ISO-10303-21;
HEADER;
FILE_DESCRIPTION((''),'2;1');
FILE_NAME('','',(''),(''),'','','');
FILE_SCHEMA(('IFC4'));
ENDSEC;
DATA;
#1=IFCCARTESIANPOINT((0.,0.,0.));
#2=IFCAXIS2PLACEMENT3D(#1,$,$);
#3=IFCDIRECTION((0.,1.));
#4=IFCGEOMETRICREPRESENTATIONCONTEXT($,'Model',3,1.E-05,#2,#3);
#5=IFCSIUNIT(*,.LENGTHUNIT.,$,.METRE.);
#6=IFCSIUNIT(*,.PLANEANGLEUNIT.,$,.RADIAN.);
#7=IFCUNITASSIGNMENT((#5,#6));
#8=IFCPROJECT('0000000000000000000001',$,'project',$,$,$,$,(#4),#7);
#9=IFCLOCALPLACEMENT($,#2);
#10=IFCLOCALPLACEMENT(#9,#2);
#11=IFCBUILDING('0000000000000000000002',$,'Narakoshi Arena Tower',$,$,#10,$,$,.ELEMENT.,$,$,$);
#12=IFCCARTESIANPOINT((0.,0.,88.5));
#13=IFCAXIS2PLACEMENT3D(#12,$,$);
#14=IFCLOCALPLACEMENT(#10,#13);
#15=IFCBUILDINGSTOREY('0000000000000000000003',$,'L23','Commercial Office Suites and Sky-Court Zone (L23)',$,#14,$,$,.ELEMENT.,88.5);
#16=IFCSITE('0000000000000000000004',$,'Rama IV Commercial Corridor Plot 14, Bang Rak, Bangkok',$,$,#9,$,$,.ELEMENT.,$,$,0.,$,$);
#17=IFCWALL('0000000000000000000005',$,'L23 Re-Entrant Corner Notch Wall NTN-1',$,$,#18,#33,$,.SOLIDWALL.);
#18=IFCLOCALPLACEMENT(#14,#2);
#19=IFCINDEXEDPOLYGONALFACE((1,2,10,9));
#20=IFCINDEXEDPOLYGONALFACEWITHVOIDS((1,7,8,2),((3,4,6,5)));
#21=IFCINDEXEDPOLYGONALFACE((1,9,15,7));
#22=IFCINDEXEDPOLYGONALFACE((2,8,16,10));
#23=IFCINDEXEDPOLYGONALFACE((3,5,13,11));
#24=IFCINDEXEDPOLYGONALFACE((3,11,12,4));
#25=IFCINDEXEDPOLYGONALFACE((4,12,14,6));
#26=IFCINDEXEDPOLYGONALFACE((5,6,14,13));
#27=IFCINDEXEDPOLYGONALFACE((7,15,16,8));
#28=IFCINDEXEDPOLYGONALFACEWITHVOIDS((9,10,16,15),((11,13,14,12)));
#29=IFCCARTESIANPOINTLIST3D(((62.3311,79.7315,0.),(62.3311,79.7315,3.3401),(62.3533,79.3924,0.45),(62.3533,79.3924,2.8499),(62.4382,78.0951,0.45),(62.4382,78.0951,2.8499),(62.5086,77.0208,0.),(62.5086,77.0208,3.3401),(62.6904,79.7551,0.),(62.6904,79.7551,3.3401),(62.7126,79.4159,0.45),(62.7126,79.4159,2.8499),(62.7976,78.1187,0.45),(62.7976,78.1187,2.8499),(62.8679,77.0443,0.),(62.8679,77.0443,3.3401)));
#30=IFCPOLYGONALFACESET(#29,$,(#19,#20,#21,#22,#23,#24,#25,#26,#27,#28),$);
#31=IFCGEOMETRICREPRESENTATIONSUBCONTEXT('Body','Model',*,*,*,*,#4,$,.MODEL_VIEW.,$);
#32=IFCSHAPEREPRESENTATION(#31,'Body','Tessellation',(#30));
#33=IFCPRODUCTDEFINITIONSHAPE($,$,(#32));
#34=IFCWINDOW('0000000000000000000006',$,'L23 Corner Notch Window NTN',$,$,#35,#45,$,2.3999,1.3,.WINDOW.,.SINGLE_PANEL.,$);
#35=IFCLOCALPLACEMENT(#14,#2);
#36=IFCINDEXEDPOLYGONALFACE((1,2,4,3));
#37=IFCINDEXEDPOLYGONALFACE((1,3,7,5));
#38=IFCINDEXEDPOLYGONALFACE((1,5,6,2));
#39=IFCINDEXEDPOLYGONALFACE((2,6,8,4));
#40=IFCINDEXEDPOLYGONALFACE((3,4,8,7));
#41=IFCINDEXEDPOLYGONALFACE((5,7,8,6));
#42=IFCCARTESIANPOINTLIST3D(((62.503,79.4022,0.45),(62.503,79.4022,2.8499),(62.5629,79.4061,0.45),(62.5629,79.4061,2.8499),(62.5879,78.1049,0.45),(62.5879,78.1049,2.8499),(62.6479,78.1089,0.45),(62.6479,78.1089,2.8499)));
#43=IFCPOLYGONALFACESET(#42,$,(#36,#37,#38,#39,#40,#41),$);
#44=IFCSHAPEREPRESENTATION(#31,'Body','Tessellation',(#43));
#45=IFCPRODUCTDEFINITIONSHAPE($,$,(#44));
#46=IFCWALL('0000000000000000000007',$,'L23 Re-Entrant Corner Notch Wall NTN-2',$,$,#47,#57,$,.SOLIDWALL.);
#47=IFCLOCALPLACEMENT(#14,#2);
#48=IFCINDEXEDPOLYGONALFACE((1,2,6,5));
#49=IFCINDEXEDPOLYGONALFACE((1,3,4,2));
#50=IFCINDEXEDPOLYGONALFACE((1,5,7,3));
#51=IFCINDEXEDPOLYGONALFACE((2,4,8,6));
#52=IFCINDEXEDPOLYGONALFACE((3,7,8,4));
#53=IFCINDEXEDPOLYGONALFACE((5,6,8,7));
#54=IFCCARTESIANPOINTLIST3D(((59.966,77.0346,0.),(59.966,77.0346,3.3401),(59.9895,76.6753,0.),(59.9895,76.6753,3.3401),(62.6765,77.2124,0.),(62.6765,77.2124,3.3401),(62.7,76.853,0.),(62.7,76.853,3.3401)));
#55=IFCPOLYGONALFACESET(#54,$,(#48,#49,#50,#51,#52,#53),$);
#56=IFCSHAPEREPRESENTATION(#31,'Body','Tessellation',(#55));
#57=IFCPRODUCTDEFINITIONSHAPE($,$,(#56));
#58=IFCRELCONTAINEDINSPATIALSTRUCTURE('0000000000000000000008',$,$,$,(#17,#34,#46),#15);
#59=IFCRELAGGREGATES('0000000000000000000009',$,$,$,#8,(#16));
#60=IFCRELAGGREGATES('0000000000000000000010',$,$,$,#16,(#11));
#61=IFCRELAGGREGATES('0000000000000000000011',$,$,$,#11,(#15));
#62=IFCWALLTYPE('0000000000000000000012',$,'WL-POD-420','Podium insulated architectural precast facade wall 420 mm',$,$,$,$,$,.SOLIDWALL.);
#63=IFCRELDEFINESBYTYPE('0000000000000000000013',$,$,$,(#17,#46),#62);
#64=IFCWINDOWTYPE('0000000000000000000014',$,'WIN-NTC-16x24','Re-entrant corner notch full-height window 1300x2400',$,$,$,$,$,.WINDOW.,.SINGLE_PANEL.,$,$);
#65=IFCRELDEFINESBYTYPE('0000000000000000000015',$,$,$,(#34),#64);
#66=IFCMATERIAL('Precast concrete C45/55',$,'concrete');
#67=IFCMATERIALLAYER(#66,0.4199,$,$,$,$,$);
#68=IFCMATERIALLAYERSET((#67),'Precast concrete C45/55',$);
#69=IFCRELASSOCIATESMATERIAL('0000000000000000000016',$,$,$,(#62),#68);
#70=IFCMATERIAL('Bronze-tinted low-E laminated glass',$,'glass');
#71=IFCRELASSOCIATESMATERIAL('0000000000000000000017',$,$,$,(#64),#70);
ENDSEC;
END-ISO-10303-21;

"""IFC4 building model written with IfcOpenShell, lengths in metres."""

from ifc_helpers import new_model, si_unit, direction, frame, frame_2d, origin, place, context, subcontext, project, spatial, rectangle, extrude, material, layer, layer_set, type_object, element, fill, save


model = new_model("IFC4")

# Units and contexts
model_context = context("Model", 3, precision=1e-05, world=origin(), true_north=direction((0.0, 1.0)))
body_context = subcontext(model_context, "Body", "Model", "MODEL_VIEW")
ifc_project = project(units=[si_unit("LENGTHUNIT", "METRE"), si_unit("PLANEANGLEUNIT", "RADIAN")], contexts=[model_context])

# Site, building, storey
site_placement = place(None, origin())
site = spatial("IfcSite", under=ifc_project, at=site_placement, Name="Rama IV Commercial Corridor Plot 14, Bang Rak, Bangkok", CompositionType="ELEMENT", RefElevation=0.0)
building_placement = place(site_placement, origin())
building = spatial("IfcBuilding", under=site, at=building_placement, Name="Narakoshi Arena Tower", CompositionType="ELEMENT")
storey_placement = place(building_placement, frame((0.0, 0.0, 88.5)))
storey = spatial("IfcBuildingStorey", under=building, at=storey_placement, Name="L23", Description="Commercial Office Suites and Sky-Court Zone (L23)", CompositionType="ELEMENT", Elevation=88.5)

# Shared definitions
ifc_material_1 = material(Name="Bronze-tinted low-E laminated glass", Category="glass")

# Shared definitions
ifc_material_2 = material(Name="Precast concrete C45/55", Category="concrete")

# Wall, opening, window
ifc_layer_1 = layer(ifc_material_2, 0.4199)
ifc_layer_set_1 = layer_set([ifc_layer_1], Name="Precast concrete C45/55")
wall_type_1 = type_object("IfcWallType", Name="WL-POD-420", Description="Podium insulated architectural precast facade wall 420 mm", PredefinedType="SOLIDWALL", material=ifc_layer_set_1)
wall_1_placement = place(storey_placement, frame((62.5107, 79.7434, 0.0), z_axis=(0.0, 0.0, 1.0), x_axis=(0.065338, -0.997863, 0.0)))
wall_1 = element("IfcWall", 1, at=wall_1_placement, inside=storey, type_object=wall_type_1, Name="L23 Re-Entrant Corner Notch Wall NTN-1", PredefinedType="SOLIDWALL", context=body_context, shape_type="SweptSolid", body=[
    extrude(rectangle(XDim=2.7166, YDim=0.3601, at=frame_2d((1.3584, 0.0))), origin(), (0.0, 0.0, 1.0), 3.3401),
])
opening_1_placement = place(wall_1_placement, frame((0.3401, 0.0, 0.45)))
opening_1 = element("IfcOpeningElement", 2, at=opening_1_placement, cuts=wall_1, PredefinedType="OPENING", context=body_context, shape_type="SweptSolid", body=[
    extrude(rectangle(XDim=1.3, YDim=2.3999, at=frame_2d((0.6499, 1.2))), frame((0.0, 0.1899, 0.0), z_axis=(0.0, -1.0, 0.0), x_axis=(1.0, 0.0, 0.0)), (0.0, 0.0, 1.0), 0.3801),
])
window_type_1 = type_object("IfcWindowType", Name="WIN-NTC-16x24", Description="Re-entrant corner notch full-height window 1300x2400", PartitioningType="SINGLE_PANEL", PredefinedType="WINDOW", material=ifc_material_1)
window_1_placement = place(opening_1_placement, origin())
window_1 = element("IfcWindow", 3, at=window_1_placement, inside=storey, type_object=window_type_1, Name="L23 Corner Notch Window NTN", OverallHeight=2.3999, OverallWidth=1.3, PartitioningType="SINGLE_PANEL", PredefinedType="WINDOW", context=body_context, shape_type="SweptSolid", body=[
    extrude(rectangle(XDim=1.3, YDim=2.3999, at=frame_2d((0.6499, 1.2))), frame((0.0, 0.03, 0.0), z_axis=(0.0, -1.0, 0.0), x_axis=(1.0, 0.0, 0.0)), (0.0, 0.0, 1.0), 0.0601),
])
fill(opening_1, window_1)

# Wall
wall_2_placement = place(storey_placement, frame((62.6882, 77.0327, 0.0), z_axis=(0.0, 0.0, 1.0), x_axis=(-0.997857, -0.065433, 0.0)))
element("IfcWall", 4, at=wall_2_placement, inside=storey, type_object=wall_type_1, Name="L23 Re-Entrant Corner Notch Wall NTN-2", PredefinedType="SOLIDWALL", context=body_context, shape_type="SweptSolid", body=[
    extrude(rectangle(XDim=2.7163, YDim=0.3601, at=frame_2d((1.3582, 0.0))), origin(), (0.0, 0.0, 1.0), 3.3401),
])

save(model, "model.ifc")
